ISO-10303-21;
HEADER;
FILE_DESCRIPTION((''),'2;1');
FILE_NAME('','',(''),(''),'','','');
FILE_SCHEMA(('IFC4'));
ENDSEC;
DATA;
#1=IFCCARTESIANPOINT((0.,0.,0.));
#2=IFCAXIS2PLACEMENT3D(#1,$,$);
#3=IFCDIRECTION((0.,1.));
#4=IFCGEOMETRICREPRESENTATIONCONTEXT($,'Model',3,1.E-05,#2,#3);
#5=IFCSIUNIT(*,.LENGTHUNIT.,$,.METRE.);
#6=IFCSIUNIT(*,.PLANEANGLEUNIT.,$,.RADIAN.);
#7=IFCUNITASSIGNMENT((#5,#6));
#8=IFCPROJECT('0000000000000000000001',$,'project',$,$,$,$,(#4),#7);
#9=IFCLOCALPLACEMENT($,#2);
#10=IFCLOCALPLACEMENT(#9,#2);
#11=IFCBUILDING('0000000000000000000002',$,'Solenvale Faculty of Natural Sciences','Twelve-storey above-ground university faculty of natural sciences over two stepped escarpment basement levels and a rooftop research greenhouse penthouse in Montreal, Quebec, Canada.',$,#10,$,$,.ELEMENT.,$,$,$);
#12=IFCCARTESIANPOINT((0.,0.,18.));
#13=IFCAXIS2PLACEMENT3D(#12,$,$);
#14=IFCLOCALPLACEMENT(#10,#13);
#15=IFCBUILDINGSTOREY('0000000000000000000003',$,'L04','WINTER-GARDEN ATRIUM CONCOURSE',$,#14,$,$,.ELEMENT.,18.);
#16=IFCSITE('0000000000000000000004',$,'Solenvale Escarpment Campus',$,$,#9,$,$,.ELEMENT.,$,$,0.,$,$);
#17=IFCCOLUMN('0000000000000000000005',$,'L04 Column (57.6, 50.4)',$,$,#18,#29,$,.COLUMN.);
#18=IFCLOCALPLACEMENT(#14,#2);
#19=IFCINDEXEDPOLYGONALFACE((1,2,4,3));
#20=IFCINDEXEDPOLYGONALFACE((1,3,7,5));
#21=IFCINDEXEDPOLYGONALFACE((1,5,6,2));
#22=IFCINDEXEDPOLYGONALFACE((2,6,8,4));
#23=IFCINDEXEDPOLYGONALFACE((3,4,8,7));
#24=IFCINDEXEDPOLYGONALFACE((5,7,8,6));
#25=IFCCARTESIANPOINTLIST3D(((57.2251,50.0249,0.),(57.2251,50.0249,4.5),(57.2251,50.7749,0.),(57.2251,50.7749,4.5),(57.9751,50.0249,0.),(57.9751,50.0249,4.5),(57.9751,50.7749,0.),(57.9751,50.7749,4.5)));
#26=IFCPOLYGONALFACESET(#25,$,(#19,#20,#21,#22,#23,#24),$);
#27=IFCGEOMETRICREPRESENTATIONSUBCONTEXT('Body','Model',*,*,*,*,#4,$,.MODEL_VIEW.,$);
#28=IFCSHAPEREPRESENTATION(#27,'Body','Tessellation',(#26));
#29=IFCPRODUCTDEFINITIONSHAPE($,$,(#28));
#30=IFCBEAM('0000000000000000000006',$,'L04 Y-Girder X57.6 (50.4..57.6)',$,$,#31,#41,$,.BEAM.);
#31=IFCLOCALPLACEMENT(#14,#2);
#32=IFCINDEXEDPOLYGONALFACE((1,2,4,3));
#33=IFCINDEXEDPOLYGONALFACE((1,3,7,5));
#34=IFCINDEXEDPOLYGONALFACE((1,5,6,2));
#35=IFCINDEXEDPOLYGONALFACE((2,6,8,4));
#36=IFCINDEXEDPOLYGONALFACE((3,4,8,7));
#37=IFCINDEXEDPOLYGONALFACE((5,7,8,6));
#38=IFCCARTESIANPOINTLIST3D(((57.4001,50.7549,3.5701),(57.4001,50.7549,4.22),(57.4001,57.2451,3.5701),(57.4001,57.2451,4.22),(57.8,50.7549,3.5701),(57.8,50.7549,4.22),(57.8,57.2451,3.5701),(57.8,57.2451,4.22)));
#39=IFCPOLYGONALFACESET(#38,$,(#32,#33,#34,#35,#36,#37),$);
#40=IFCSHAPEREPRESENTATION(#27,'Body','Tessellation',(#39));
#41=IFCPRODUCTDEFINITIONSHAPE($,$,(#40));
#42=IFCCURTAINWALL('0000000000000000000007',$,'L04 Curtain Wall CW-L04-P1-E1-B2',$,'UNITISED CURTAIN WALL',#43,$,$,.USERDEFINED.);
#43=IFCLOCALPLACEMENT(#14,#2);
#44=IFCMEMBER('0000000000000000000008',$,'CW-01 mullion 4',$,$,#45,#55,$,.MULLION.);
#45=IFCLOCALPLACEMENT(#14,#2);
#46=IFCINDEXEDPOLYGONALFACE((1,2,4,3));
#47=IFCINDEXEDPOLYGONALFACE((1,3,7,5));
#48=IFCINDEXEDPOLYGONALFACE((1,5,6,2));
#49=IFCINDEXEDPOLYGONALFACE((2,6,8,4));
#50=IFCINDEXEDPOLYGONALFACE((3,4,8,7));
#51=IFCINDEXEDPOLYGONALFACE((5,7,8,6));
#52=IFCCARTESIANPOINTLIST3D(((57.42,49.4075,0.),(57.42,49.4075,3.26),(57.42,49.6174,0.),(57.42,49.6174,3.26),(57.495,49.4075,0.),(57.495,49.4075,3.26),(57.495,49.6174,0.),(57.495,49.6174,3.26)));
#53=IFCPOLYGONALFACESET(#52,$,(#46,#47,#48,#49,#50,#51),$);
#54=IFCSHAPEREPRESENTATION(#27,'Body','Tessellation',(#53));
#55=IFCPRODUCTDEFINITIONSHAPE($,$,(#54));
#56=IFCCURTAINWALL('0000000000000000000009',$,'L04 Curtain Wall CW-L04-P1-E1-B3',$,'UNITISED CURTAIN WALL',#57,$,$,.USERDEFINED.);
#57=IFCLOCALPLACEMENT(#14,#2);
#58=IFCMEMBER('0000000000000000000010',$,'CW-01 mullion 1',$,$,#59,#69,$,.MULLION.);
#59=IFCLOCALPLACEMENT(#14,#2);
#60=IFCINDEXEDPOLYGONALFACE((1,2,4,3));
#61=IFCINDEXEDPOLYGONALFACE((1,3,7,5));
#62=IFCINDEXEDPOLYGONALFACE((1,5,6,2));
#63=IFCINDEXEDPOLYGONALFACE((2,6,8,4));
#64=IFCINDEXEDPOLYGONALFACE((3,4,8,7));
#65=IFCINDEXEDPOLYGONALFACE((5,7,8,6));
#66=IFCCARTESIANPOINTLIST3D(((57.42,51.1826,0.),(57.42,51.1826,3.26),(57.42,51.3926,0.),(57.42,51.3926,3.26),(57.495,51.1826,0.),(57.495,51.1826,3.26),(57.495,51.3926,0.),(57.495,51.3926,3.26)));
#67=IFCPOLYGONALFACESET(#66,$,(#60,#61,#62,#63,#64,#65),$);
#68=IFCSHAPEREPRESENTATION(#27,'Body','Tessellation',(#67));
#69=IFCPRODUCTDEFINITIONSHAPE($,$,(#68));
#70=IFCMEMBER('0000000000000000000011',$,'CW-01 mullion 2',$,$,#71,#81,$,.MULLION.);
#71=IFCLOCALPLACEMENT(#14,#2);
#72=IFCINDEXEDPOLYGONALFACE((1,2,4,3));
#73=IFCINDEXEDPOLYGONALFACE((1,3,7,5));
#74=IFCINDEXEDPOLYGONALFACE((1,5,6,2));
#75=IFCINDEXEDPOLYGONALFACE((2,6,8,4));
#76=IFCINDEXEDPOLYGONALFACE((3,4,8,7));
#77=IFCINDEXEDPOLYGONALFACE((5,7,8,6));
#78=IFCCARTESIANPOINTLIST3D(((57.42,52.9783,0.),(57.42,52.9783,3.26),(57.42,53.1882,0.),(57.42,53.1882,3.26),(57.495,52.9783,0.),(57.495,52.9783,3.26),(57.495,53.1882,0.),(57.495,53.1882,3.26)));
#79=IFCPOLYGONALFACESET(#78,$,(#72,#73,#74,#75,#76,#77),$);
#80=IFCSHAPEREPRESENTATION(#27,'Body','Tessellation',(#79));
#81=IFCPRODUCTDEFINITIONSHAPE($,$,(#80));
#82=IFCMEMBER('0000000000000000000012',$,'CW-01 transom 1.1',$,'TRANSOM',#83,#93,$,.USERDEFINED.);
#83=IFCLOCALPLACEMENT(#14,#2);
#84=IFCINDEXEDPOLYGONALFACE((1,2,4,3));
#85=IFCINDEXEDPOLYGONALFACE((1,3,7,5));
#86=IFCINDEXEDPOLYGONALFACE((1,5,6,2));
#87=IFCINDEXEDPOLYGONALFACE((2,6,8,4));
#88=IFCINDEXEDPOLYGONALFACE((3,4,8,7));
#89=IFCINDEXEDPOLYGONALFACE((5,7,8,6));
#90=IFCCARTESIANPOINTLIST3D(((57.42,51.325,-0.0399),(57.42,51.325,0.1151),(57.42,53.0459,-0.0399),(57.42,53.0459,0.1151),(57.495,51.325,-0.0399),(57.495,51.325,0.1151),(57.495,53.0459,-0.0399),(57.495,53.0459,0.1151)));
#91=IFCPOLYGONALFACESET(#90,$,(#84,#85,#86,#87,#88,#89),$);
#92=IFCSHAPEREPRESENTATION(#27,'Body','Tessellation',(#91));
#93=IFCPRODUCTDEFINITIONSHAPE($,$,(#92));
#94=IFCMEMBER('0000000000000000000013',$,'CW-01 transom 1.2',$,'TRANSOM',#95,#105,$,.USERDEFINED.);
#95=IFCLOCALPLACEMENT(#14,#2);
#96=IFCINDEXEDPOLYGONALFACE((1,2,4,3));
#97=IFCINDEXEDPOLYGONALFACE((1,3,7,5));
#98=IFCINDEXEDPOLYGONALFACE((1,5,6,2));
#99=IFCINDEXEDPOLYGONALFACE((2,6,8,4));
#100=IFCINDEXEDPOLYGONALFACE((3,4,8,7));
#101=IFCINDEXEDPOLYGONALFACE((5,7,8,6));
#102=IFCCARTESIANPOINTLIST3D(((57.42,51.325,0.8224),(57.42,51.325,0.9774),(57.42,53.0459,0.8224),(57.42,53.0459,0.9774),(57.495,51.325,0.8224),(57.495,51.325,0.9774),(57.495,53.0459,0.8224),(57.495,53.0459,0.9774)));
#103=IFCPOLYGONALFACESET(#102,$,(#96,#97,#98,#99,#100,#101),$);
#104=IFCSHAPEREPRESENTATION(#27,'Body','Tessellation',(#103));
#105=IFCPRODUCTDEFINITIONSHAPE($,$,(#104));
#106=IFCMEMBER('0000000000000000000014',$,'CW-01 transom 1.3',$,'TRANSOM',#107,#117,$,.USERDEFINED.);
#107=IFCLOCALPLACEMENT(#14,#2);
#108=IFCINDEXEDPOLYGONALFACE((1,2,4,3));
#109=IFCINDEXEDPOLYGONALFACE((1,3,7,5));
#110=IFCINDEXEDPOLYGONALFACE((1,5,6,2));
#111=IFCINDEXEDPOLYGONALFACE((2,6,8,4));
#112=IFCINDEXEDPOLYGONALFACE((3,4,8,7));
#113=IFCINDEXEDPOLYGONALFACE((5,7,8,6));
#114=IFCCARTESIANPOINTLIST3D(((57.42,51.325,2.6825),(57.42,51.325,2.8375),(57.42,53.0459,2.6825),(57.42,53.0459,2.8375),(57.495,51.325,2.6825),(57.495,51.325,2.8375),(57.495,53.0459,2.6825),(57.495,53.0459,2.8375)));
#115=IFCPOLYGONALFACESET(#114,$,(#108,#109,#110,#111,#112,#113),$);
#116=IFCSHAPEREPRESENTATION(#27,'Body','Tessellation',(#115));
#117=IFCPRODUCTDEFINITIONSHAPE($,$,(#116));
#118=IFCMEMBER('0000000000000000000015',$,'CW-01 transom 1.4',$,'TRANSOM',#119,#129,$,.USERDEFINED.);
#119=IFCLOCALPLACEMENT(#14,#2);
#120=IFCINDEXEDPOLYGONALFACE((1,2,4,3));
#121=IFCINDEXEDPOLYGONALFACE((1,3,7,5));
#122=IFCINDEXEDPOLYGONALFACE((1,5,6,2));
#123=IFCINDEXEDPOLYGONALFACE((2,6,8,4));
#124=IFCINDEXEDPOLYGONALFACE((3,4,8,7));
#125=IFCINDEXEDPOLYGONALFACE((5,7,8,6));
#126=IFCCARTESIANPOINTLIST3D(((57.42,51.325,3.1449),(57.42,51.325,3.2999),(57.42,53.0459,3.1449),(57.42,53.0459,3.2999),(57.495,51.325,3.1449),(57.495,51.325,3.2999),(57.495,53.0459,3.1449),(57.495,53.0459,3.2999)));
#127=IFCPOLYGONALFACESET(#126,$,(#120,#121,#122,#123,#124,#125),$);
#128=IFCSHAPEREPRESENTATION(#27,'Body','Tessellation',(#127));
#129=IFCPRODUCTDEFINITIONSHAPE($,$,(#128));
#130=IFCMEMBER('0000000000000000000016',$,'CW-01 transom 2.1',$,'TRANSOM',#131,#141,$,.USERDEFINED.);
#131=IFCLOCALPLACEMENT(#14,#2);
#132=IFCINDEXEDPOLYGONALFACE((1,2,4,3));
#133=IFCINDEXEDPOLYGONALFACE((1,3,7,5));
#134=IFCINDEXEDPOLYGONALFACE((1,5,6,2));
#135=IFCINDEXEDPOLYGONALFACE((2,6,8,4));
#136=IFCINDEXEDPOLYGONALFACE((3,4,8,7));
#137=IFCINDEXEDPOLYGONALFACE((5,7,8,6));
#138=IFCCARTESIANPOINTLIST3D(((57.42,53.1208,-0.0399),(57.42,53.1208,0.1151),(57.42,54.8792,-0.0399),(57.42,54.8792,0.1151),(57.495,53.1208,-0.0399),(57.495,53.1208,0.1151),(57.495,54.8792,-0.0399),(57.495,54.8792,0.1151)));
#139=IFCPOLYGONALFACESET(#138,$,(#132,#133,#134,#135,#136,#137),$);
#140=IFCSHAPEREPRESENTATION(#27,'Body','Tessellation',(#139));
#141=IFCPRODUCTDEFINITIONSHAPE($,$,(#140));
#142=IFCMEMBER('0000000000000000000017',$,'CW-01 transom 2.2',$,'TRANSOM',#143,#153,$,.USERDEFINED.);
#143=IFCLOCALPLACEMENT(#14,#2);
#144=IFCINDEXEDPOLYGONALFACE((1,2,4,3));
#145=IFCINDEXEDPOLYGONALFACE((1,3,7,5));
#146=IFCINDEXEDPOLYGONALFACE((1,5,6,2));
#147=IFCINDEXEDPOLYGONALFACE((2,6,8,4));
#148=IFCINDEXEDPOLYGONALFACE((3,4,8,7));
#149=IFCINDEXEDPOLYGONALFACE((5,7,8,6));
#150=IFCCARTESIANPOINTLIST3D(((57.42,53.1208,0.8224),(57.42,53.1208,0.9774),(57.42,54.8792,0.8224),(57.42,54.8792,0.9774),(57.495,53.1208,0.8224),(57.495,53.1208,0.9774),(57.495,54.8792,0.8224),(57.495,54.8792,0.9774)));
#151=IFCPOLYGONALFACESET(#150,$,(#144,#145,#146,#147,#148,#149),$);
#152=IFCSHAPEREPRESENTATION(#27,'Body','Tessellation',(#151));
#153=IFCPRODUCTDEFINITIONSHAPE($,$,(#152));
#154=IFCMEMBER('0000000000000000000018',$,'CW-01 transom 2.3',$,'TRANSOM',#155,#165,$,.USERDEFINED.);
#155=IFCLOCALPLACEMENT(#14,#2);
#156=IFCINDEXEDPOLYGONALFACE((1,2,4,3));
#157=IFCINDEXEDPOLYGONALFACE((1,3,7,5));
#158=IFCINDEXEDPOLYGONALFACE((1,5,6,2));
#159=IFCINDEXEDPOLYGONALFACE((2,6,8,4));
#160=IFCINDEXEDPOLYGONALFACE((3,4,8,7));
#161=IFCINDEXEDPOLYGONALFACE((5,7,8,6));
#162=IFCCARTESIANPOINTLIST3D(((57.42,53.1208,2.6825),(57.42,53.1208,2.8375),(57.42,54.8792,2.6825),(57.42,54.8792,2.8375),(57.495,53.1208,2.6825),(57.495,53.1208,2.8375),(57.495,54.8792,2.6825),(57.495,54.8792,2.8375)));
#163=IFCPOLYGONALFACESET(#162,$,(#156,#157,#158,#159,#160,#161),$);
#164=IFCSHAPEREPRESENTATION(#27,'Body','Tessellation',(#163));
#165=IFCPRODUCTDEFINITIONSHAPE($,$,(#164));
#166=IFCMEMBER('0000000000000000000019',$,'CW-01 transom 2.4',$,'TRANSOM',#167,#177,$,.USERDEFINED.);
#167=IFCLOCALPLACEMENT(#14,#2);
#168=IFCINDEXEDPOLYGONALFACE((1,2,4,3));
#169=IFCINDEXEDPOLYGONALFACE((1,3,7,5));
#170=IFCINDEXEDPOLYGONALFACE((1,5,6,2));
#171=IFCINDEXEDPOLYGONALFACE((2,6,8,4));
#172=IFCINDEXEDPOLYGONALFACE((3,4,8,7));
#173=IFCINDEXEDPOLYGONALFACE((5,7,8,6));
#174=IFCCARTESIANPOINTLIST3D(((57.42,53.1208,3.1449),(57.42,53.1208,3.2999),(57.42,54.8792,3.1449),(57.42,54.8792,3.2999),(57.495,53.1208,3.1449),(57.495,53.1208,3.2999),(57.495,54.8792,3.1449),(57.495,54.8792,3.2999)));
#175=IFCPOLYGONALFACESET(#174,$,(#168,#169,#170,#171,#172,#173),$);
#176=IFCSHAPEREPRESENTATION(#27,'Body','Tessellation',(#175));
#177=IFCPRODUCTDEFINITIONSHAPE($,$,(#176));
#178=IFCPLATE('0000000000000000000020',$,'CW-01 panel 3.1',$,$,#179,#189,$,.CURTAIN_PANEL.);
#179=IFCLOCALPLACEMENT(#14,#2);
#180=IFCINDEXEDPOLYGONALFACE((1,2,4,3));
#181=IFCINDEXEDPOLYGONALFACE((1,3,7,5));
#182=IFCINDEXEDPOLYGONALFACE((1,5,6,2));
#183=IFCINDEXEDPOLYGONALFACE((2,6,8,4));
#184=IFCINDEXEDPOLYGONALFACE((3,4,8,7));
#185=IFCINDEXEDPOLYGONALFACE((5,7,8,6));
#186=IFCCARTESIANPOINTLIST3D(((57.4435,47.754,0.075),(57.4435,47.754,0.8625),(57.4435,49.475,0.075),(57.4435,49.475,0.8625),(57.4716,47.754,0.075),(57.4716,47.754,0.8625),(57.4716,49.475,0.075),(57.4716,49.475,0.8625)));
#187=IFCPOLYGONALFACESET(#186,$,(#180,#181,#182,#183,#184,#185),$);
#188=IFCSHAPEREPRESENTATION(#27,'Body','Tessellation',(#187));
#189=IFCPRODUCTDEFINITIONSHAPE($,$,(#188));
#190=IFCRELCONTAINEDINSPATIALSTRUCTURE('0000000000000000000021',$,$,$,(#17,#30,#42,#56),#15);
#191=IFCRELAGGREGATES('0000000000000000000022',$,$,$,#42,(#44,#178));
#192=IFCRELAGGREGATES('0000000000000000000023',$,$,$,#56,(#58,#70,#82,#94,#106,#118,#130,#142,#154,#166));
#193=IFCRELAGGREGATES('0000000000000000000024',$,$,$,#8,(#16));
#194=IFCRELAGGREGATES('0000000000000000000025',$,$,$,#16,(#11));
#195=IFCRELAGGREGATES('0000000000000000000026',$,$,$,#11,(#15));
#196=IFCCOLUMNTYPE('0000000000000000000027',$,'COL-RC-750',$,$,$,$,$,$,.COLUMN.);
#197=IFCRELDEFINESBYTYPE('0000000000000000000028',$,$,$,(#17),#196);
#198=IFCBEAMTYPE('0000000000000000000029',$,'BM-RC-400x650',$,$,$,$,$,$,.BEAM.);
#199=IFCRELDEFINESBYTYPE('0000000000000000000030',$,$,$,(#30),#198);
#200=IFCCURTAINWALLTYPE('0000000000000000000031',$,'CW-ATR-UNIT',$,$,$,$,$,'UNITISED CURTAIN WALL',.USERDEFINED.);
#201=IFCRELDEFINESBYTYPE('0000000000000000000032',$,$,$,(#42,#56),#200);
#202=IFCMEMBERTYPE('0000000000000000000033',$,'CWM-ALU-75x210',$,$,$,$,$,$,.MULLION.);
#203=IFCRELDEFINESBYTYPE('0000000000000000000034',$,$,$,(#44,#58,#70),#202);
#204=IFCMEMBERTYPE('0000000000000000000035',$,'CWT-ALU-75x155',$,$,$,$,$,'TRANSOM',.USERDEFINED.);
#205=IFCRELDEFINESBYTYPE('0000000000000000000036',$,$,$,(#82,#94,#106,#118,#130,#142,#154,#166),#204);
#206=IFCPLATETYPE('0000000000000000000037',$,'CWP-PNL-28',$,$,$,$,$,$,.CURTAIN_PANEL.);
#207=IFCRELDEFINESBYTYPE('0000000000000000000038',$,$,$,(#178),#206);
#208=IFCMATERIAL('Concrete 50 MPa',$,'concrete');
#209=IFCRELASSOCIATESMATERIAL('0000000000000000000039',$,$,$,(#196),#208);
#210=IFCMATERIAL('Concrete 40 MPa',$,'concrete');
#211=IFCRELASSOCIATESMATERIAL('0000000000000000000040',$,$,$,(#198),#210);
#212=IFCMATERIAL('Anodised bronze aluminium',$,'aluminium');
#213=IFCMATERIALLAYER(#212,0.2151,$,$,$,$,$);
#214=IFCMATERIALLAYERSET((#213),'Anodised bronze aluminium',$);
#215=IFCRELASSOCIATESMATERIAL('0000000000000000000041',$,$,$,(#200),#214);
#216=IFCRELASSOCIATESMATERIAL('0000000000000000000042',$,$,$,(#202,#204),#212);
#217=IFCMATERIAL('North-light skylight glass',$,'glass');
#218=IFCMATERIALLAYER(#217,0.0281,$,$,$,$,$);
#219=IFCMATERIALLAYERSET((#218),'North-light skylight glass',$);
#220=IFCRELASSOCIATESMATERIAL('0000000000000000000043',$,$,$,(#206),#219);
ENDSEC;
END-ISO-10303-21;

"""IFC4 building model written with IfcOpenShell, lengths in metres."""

from ifc_helpers import new_model, si_unit, direction, frame, origin, origin_2d, place, context, subcontext, project, spatial, rectangle, extrude, material, layer, layer_set, material_profile, profile_set, type_object, element, aggregate, save


model = new_model("IFC4")

# Units and contexts
model_context = context("Model", 3, precision=1e-05, world=origin(), true_north=direction((0.0, 1.0)))
body_context = subcontext(model_context, "Body", "Model", "MODEL_VIEW")
ifc_project = project(units=[si_unit("LENGTHUNIT", "METRE"), si_unit("PLANEANGLEUNIT", "RADIAN")], contexts=[model_context])

# Site, building, storey
site_placement = place(None, origin())
site = spatial("IfcSite", under=ifc_project, at=site_placement, Name="Solenvale Escarpment Campus", CompositionType="ELEMENT", RefElevation=0.0)
building_placement = place(site_placement, origin())
building = spatial("IfcBuilding", under=site, at=building_placement, Name="Solenvale Faculty of Natural Sciences", Description="Twelve-storey above-ground university faculty of natural sciences over two stepped escarpment basement levels and a rooftop research greenhouse penthouse in Montreal, Quebec, Canada.", CompositionType="ELEMENT")
storey_placement = place(building_placement, frame((0.0, 0.0, 18.0)))
storey = spatial("IfcBuildingStorey", under=building, at=storey_placement, Name="L04", Description="WINTER-GARDEN ATRIUM CONCOURSE", CompositionType="ELEMENT", Elevation=18.0)

# Column
ifc_material_1 = material(Name="Concrete 50 MPa", Category="concrete")
ifc_material_profile_1 = material_profile(ifc_material_1, rectangle(XDim=0.75, YDim=0.75, at=origin_2d()), Name="RC-COL-750x750")
ifc_profile_set_1 = profile_set([ifc_material_profile_1], Name="Concrete 50 MPa")
column_type = type_object("IfcColumnType", Name="COL-RC-750", PredefinedType="COLUMN", material=ifc_profile_set_1)
column_placement = place(storey_placement, frame((57.6001, 50.3999, 0.0), z_axis=(0.0, 0.0, 1.0), x_axis=(1.0, 0.0, 0.0)))
element("IfcColumn", 1, at=column_placement, inside=storey, type_object=column_type, Name="L04 Column (57.6, 50.4)", PredefinedType="COLUMN", context=body_context, shape_type="SweptSolid", body=[
    extrude(rectangle(XDim=0.75, YDim=0.75, at=origin_2d()), origin(), (0.0, 0.0, 1.0), 4.5),
])

# Beam
ifc_material_2 = material(Name="Concrete 40 MPa", Category="concrete")
ifc_material_profile_2 = material_profile(ifc_material_2, rectangle(XDim=0.3999, YDim=0.6499, at=origin_2d()), Name="RC-BM-400x650")
ifc_profile_set_2 = profile_set([ifc_material_profile_2], Name="Concrete 40 MPa")
beam_type = type_object("IfcBeamType", Name="BM-RC-400x650", PredefinedType="BEAM", material=ifc_profile_set_2)
beam_placement = place(storey_placement, frame((57.6001, 50.7549, 3.895), z_axis=(0.0, 1.0, 0.0), x_axis=(-1.0, 0.0, 0.0)))
element("IfcBeam", 2, at=beam_placement, inside=storey, type_object=beam_type, Name="L04 Y-Girder X57.6 (50.4..57.6)", PredefinedType="BEAM", context=body_context, shape_type="SweptSolid", body=[
    extrude(rectangle(XDim=0.3999, YDim=0.6499, at=origin_2d()), origin(), (0.0, 0.0, 1.0), 6.4902),
])

# Curtain wall, member
ifc_material_3 = material(Name="Anodised bronze aluminium", Category="aluminium")
ifc_layer_1 = layer(ifc_material_3, 0.2151)
ifc_layer_set_1 = layer_set([ifc_layer_1], Name="Anodised bronze aluminium")
curtain_wall_type = type_object("IfcCurtainWallType", Name="CW-ATR-UNIT", ElementType="UNITISED CURTAIN WALL", PredefinedType="USERDEFINED", material=ifc_layer_set_1)
curtain_wall_1_placement = place(storey_placement, origin())
curtain_wall_1 = element("IfcCurtainWall", 3, at=curtain_wall_1_placement, inside=storey, type_object=curtain_wall_type, Name="L04 Curtain Wall CW-L04-P1-E1-B2", ObjectType="UNITISED CURTAIN WALL", PredefinedType="USERDEFINED")
ifc_material_profile_3 = material_profile(ifc_material_3, rectangle(XDim=0.075, YDim=0.21, at=origin_2d()), Name="ALU-MUL-75x210")
ifc_profile_set_3 = profile_set([ifc_material_profile_3], Name="Anodised bronze aluminium")
member_type_1 = type_object("IfcMemberType", Name="CWM-ALU-75x210", PredefinedType="MULLION", material=ifc_profile_set_3)
member_1_placement = place(storey_placement, frame((57.4575, 49.5125, 0.0), z_axis=(0.0, 0.0, 1.0), x_axis=(-1.0, 0.0, 0.0)))
member_1 = element("IfcMember", 4, at=member_1_placement, type_object=member_type_1, Name="CW-01 mullion 4", PredefinedType="MULLION", context=body_context, shape_type="SweptSolid", body=[
    extrude(rectangle(XDim=0.075, YDim=0.21, at=origin_2d()), origin(), (0.0, 0.0, 1.0), 3.26),
])

# Curtain wall, members
curtain_wall_2_placement = place(storey_placement, origin())
curtain_wall_2 = element("IfcCurtainWall", 5, at=curtain_wall_2_placement, inside=storey, type_object=curtain_wall_type, Name="L04 Curtain Wall CW-L04-P1-E1-B3", ObjectType="UNITISED CURTAIN WALL", PredefinedType="USERDEFINED")
member_2_placement = place(storey_placement, frame((57.4575, 51.2876, 0.0), z_axis=(0.0, 0.0, 1.0), x_axis=(-1.0, 0.0, 0.0)))
member_2 = element("IfcMember", 6, at=member_2_placement, type_object=member_type_1, Name="CW-01 mullion 1", PredefinedType="MULLION", context=body_context, shape_type="SweptSolid", body=[
    extrude(rectangle(XDim=0.075, YDim=0.21, at=origin_2d()), origin(), (0.0, 0.0, 1.0), 3.26),
])
member_3_placement = place(storey_placement, frame((57.4575, 53.0833, 0.0), z_axis=(0.0, 0.0, 1.0), x_axis=(-1.0, 0.0, 0.0)))
member_3 = element("IfcMember", 7, at=member_3_placement, type_object=member_type_1, Name="CW-01 mullion 2", PredefinedType="MULLION", context=body_context, shape_type="SweptSolid", body=[
    extrude(rectangle(XDim=0.075, YDim=0.21, at=origin_2d()), origin(), (0.0, 0.0, 1.0), 3.26),
])
ifc_material_profile_4 = material_profile(ifc_material_3, rectangle(XDim=0.075, YDim=0.155, at=origin_2d()), Name="ALU-TRN-75x155")
ifc_profile_set_4 = profile_set([ifc_material_profile_4], Name="Anodised bronze aluminium")
member_type_2 = type_object("IfcMemberType", Name="CWT-ALU-75x155", ElementType="TRANSOM", PredefinedType="USERDEFINED", material=ifc_profile_set_4)
member_4_placement = place(storey_placement, frame((57.4575, 51.325, 0.0376), z_axis=(0.0, 1.0, 0.0), x_axis=(-1.0, 0.0, 0.0)))
member_4 = element("IfcMember", 8, at=member_4_placement, type_object=member_type_2, Name="CW-01 transom 1.1", ObjectType="TRANSOM", PredefinedType="USERDEFINED", context=body_context, shape_type="SweptSolid", body=[
    extrude(rectangle(XDim=0.075, YDim=0.155, at=origin_2d()), origin(), (0.0, 0.0, 1.0), 1.7209),
])
member_5_placement = place(storey_placement, frame((57.4575, 51.325, 0.8999), z_axis=(0.0, 1.0, 0.0), x_axis=(-1.0, 0.0, 0.0)))
member_5 = element("IfcMember", 9, at=member_5_placement, type_object=member_type_2, Name="CW-01 transom 1.2", ObjectType="TRANSOM", PredefinedType="USERDEFINED", context=body_context, shape_type="SweptSolid", body=[
    extrude(rectangle(XDim=0.075, YDim=0.155, at=origin_2d()), origin(), (0.0, 0.0, 1.0), 1.7209),
])
member_6_placement = place(storey_placement, frame((57.4575, 51.325, 2.76), z_axis=(0.0, 1.0, 0.0), x_axis=(-1.0, 0.0, 0.0)))
member_6 = element("IfcMember", 10, at=member_6_placement, type_object=member_type_2, Name="CW-01 transom 1.3", ObjectType="TRANSOM", PredefinedType="USERDEFINED", context=body_context, shape_type="SweptSolid", body=[
    extrude(rectangle(XDim=0.075, YDim=0.155, at=origin_2d()), origin(), (0.0, 0.0, 1.0), 1.7209),
])
member_7_placement = place(storey_placement, frame((57.4575, 51.325, 3.2224), z_axis=(0.0, 1.0, 0.0), x_axis=(-1.0, 0.0, 0.0)))
member_7 = element("IfcMember", 11, at=member_7_placement, type_object=member_type_2, Name="CW-01 transom 1.4", ObjectType="TRANSOM", PredefinedType="USERDEFINED", context=body_context, shape_type="SweptSolid", body=[
    extrude(rectangle(XDim=0.075, YDim=0.155, at=origin_2d()), origin(), (0.0, 0.0, 1.0), 1.7209),
])
member_8_placement = place(storey_placement, frame((57.4575, 53.1208, 0.0376), z_axis=(0.0, 1.0, 0.0), x_axis=(-1.0, 0.0, 0.0)))
member_8 = element("IfcMember", 12, at=member_8_placement, type_object=member_type_2, Name="CW-01 transom 2.1", ObjectType="TRANSOM", PredefinedType="USERDEFINED", context=body_context, shape_type="SweptSolid", body=[
    extrude(rectangle(XDim=0.075, YDim=0.155, at=origin_2d()), origin(), (0.0, 0.0, 1.0), 1.7583),
])
member_9_placement = place(storey_placement, frame((57.4575, 53.1208, 0.8999), z_axis=(0.0, 1.0, 0.0), x_axis=(-1.0, 0.0, 0.0)))
member_9 = element("IfcMember", 13, at=member_9_placement, type_object=member_type_2, Name="CW-01 transom 2.2", ObjectType="TRANSOM", PredefinedType="USERDEFINED", context=body_context, shape_type="SweptSolid", body=[
    extrude(rectangle(XDim=0.075, YDim=0.155, at=origin_2d()), origin(), (0.0, 0.0, 1.0), 1.7583),
])
member_10_placement = place(storey_placement, frame((57.4575, 53.1208, 2.76), z_axis=(0.0, 1.0, 0.0), x_axis=(-1.0, 0.0, 0.0)))
member_10 = element("IfcMember", 14, at=member_10_placement, type_object=member_type_2, Name="CW-01 transom 2.3", ObjectType="TRANSOM", PredefinedType="USERDEFINED", context=body_context, shape_type="SweptSolid", body=[
    extrude(rectangle(XDim=0.075, YDim=0.155, at=origin_2d()), origin(), (0.0, 0.0, 1.0), 1.7583),
])
member_11_placement = place(storey_placement, frame((57.4575, 53.1208, 3.2224), z_axis=(0.0, 1.0, 0.0), x_axis=(-1.0, 0.0, 0.0)))
member_11 = element("IfcMember", 15, at=member_11_placement, type_object=member_type_2, Name="CW-01 transom 2.4", ObjectType="TRANSOM", PredefinedType="USERDEFINED", context=body_context, shape_type="SweptSolid", body=[
    extrude(rectangle(XDim=0.075, YDim=0.155, at=origin_2d()), origin(), (0.0, 0.0, 1.0), 1.7583),
])

# Plate
ifc_material_4 = material(Name="North-light skylight glass", Category="glass")
ifc_layer_2 = layer(ifc_material_4, 0.0281)
ifc_layer_set_2 = layer_set([ifc_layer_2], Name="North-light skylight glass")
plate_type_1 = type_object("IfcPlateType", Name="CWP-PNL-28", PredefinedType="CURTAIN_PANEL", material=ifc_layer_set_2)
plate_1_placement = place(storey_placement, frame((57.4575, 48.6145, 0.075), z_axis=(0.0, 0.0, 1.0), x_axis=(0.0, 1.0, 0.0)))
plate_1 = element("IfcPlate", 16, at=plate_1_placement, type_object=plate_type_1, Name="CW-01 panel 3.1", PredefinedType="CURTAIN_PANEL", context=body_context, shape_type="SweptSolid", body=[
    extrude(rectangle(XDim=1.7209, YDim=0.0281, at=origin_2d()), origin(), (0.0, 0.0, 1.0), 0.7876),
])
aggregate(curtain_wall_1, [member_1, plate_1])
aggregate(curtain_wall_2, [member_2, member_3, member_4, member_5, member_6, member_7, member_8, member_9, member_10, member_11])

save(model, "model.ifc")
